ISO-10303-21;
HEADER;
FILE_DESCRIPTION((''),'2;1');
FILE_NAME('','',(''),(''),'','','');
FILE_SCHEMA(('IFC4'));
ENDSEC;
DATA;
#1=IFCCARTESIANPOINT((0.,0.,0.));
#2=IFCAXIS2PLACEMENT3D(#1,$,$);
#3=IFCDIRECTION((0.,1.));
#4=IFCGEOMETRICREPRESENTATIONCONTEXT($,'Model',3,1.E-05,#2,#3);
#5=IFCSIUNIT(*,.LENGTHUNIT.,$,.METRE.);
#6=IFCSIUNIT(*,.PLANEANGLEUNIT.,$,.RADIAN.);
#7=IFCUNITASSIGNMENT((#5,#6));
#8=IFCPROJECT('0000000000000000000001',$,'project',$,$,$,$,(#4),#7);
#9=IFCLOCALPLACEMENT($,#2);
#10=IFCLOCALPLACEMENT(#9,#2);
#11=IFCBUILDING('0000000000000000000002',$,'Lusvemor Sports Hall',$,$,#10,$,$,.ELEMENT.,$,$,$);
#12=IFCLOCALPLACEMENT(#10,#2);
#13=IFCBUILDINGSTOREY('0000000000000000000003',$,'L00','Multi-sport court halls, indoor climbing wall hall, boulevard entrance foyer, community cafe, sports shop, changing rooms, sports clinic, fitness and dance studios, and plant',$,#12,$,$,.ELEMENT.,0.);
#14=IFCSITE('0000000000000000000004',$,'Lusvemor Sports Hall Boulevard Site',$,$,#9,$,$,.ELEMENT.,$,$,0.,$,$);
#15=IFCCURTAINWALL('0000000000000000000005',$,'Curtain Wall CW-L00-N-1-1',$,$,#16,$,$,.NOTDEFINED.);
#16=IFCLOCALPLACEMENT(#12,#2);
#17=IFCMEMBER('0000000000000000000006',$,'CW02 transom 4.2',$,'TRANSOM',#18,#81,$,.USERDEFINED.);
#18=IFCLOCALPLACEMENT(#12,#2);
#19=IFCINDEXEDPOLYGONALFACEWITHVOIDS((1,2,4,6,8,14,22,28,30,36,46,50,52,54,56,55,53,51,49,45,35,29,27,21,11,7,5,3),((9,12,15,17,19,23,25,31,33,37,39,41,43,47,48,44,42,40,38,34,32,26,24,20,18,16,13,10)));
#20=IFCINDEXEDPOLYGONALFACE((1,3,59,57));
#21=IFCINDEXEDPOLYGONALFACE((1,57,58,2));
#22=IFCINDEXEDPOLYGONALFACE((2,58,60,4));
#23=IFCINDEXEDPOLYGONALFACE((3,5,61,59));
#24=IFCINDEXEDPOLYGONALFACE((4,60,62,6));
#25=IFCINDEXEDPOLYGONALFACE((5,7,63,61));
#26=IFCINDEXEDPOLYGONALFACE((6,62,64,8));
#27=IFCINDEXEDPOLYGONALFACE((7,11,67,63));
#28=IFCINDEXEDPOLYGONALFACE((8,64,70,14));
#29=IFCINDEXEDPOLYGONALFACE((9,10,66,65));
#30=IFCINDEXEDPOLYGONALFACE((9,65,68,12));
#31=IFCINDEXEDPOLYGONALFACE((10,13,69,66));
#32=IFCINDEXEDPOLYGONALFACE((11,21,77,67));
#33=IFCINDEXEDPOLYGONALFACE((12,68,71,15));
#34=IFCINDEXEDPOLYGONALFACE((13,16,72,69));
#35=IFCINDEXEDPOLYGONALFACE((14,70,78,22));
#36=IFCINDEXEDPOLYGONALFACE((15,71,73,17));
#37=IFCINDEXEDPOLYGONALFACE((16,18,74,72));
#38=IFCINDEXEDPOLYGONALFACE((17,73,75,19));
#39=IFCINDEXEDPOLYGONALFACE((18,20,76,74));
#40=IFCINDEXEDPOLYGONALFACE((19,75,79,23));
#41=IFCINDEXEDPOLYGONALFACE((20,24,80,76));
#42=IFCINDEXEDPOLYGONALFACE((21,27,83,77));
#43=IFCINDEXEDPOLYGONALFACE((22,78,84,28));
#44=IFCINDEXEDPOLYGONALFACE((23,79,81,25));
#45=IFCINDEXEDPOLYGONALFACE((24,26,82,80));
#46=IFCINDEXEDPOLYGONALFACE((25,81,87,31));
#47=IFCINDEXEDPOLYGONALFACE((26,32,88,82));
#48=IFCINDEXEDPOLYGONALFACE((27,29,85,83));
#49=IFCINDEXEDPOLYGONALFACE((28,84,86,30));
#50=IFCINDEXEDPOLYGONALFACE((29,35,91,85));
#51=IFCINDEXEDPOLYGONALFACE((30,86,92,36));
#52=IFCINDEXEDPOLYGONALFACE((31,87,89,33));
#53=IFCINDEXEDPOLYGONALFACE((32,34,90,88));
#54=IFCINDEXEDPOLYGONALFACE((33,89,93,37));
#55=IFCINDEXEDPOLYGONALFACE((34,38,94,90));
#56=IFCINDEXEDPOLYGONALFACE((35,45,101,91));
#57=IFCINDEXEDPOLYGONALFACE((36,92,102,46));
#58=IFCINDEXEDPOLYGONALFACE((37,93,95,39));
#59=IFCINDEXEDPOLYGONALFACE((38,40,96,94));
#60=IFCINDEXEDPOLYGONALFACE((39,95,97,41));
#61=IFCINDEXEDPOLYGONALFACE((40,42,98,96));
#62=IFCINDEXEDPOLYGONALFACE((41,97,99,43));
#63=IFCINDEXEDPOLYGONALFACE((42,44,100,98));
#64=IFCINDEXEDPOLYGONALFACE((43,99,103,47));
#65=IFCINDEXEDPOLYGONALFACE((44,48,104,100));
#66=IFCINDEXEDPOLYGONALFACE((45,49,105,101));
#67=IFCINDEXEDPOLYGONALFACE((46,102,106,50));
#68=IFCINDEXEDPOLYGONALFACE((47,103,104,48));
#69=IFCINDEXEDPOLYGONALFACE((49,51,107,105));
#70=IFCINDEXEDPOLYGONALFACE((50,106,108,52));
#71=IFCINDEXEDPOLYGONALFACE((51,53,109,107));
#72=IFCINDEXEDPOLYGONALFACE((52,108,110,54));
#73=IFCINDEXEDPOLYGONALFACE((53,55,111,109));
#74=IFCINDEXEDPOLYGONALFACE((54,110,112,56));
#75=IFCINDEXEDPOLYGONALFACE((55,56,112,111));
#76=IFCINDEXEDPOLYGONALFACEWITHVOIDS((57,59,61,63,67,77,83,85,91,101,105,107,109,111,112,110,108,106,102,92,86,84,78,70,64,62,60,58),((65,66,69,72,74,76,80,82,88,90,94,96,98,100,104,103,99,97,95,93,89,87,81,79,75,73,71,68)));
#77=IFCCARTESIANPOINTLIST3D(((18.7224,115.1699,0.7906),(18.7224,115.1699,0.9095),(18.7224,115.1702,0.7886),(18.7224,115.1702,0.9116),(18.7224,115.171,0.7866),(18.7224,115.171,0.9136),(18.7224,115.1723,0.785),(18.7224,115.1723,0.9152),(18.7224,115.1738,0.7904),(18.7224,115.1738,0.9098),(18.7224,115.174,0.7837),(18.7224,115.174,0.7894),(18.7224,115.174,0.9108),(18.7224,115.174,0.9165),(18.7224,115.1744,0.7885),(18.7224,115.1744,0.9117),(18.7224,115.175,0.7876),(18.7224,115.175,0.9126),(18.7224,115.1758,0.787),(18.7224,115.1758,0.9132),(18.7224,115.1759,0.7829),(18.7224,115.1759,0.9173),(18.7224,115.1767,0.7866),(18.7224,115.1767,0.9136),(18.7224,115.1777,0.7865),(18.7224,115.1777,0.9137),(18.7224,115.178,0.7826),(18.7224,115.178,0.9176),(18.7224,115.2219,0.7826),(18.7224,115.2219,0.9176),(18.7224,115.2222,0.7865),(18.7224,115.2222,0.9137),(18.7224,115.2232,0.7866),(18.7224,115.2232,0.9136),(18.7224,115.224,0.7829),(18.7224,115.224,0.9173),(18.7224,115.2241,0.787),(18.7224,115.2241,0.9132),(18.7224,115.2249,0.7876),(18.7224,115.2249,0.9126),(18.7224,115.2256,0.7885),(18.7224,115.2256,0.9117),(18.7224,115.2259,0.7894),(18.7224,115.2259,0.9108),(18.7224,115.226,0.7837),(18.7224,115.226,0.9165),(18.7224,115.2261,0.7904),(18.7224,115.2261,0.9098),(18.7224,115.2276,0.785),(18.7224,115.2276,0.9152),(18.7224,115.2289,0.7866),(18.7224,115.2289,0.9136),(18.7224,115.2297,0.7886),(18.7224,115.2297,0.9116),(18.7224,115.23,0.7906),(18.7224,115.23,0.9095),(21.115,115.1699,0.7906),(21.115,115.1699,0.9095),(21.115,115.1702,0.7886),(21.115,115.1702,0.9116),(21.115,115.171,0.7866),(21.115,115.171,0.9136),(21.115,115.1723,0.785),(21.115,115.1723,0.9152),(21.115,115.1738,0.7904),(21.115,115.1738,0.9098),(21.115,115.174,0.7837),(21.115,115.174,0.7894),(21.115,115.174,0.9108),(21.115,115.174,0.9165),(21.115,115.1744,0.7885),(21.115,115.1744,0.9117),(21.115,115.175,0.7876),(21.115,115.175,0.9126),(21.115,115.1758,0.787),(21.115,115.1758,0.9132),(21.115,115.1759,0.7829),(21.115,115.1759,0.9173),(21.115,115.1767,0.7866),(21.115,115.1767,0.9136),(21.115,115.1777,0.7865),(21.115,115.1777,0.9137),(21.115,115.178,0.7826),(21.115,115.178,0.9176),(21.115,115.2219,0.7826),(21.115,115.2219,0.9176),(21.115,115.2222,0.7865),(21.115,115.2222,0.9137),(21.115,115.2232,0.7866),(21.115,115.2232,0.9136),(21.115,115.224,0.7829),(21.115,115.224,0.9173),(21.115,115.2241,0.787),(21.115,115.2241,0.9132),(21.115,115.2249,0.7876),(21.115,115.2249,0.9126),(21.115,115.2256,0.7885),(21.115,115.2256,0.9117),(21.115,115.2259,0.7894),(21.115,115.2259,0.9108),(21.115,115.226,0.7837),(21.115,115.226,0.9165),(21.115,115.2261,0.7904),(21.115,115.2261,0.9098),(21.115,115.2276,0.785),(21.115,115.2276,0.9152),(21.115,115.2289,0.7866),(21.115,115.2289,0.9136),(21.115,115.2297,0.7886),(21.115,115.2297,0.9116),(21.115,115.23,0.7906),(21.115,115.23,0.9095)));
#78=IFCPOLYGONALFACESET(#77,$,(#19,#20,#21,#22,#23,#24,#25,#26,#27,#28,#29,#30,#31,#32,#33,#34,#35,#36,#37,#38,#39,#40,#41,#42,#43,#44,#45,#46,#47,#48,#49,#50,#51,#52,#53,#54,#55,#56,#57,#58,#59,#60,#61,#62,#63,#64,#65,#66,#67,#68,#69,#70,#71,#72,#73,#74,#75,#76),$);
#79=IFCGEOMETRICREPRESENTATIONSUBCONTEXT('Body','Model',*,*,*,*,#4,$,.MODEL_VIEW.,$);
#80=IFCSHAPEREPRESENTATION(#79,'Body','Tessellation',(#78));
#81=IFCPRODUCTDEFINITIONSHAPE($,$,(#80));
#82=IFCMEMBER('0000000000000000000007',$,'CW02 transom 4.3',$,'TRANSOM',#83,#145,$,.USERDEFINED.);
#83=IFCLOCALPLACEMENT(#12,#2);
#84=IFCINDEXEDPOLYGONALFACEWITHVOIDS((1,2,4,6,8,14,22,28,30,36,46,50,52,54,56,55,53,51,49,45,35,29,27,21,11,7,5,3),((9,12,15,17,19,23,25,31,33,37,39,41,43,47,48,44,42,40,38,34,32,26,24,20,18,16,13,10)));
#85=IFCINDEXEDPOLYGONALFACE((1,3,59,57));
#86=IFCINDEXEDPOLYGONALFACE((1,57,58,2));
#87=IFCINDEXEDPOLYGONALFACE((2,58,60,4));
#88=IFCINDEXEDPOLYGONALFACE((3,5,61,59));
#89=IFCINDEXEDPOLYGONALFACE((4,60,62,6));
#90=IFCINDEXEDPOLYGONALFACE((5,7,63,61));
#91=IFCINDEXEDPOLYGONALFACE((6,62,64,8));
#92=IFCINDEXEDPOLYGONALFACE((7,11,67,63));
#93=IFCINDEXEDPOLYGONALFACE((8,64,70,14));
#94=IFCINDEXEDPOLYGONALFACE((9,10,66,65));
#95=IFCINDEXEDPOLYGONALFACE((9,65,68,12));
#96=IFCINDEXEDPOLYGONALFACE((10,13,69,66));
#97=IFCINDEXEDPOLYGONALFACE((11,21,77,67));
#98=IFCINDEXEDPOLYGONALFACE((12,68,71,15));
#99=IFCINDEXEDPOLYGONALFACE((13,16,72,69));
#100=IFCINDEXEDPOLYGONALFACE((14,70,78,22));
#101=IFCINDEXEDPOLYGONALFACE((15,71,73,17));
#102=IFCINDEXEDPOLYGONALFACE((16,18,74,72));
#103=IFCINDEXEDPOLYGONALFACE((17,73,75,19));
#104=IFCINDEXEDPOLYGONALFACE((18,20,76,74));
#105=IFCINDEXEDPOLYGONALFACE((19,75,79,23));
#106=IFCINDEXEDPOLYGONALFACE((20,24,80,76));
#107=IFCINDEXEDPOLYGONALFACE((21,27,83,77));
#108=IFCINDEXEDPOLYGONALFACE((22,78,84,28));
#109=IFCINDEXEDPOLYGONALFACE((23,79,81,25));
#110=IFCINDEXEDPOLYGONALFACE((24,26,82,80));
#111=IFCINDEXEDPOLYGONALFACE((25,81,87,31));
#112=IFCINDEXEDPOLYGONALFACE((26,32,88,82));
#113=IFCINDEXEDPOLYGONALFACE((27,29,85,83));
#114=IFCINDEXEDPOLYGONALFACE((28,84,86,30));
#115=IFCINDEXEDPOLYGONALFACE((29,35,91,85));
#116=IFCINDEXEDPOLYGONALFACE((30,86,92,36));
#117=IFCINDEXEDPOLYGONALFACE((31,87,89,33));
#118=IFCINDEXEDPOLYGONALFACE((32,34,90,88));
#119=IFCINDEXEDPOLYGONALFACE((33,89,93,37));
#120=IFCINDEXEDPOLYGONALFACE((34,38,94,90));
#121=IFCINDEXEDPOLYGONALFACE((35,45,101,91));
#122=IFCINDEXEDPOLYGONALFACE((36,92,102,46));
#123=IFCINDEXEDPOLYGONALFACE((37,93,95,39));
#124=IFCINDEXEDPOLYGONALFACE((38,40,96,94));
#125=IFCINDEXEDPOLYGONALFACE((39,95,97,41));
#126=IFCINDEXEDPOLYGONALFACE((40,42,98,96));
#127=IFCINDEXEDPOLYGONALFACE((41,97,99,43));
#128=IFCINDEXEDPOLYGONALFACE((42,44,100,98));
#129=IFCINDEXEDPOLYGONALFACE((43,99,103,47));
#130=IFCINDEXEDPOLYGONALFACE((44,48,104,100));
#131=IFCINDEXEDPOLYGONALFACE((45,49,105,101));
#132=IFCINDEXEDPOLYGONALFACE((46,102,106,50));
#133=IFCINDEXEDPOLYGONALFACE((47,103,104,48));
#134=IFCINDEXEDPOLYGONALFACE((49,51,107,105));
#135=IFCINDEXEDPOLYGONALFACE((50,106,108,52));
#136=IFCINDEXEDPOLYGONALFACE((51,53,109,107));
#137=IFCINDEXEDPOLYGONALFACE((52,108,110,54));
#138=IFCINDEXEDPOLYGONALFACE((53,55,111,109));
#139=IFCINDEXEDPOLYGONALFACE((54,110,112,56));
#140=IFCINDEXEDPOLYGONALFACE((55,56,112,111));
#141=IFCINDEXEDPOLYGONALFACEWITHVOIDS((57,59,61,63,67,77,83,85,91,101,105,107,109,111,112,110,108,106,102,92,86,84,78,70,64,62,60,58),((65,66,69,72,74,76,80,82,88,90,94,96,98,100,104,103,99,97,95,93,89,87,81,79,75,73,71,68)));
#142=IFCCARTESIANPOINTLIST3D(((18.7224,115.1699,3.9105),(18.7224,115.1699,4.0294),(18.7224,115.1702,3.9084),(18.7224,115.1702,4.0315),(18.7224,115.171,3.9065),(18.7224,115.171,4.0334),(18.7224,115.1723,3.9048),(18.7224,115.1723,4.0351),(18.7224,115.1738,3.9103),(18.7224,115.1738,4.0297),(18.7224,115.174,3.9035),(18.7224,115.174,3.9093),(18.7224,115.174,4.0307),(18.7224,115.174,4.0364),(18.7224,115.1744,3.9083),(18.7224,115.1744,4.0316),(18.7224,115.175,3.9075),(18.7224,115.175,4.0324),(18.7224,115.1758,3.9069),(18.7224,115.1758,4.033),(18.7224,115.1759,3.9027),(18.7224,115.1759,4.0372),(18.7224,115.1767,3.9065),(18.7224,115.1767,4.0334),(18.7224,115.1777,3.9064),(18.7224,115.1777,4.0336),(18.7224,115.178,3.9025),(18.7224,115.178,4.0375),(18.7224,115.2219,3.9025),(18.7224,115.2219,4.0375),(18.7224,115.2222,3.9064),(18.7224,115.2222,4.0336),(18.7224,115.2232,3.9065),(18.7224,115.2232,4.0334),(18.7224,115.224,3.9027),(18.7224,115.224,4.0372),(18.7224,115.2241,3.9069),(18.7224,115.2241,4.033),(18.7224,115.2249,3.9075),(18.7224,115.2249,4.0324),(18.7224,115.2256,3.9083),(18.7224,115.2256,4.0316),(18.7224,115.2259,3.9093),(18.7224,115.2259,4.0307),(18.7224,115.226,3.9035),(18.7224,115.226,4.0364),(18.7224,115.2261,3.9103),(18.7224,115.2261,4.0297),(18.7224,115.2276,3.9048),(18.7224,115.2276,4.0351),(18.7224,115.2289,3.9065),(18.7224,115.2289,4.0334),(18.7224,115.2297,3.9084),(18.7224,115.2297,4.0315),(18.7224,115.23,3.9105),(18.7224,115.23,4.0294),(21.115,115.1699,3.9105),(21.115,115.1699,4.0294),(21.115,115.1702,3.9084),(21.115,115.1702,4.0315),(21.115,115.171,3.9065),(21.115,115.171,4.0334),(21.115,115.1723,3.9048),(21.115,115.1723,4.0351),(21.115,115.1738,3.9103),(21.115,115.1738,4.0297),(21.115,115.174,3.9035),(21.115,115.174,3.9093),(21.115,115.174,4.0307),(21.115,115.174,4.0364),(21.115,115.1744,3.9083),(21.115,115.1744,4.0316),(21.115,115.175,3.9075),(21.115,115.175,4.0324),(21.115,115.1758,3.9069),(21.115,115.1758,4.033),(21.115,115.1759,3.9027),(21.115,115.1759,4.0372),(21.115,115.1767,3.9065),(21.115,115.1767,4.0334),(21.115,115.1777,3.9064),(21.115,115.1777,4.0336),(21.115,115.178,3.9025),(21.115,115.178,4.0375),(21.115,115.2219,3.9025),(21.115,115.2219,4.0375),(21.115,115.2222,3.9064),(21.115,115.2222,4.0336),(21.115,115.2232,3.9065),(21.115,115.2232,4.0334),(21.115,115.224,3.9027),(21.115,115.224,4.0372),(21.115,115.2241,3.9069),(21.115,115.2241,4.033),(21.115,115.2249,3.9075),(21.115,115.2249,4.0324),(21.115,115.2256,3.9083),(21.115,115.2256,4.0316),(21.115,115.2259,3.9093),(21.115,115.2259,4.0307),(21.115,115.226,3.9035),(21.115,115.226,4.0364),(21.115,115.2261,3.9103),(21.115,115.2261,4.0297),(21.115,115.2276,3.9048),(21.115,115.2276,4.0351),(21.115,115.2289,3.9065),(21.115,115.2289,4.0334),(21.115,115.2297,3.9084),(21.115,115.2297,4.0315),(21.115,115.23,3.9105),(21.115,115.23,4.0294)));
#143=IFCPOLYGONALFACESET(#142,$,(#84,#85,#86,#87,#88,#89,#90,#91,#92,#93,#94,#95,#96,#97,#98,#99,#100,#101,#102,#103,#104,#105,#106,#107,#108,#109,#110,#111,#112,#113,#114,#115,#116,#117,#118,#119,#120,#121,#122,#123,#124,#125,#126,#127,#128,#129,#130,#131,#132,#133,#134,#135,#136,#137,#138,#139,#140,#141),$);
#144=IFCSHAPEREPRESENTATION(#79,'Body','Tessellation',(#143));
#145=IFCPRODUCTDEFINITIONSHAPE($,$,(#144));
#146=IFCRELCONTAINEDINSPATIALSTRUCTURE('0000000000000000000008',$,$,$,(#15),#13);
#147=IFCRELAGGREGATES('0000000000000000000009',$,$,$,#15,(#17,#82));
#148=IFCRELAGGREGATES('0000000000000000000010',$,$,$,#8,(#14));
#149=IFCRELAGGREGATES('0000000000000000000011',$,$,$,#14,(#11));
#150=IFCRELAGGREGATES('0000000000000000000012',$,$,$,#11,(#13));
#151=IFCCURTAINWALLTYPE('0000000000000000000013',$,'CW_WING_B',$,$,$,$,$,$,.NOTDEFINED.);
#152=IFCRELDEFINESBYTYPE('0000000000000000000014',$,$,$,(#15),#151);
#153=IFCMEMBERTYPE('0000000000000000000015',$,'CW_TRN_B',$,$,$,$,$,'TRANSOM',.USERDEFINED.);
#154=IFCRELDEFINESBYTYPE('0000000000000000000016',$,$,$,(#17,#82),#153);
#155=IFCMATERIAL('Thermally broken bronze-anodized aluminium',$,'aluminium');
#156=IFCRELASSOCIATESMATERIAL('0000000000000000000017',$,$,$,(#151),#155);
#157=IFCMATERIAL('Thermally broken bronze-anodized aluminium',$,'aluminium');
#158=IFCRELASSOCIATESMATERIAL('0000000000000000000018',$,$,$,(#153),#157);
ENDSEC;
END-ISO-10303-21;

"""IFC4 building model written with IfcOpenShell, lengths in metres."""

from ifc_helpers import new_model, si_unit, direction, frame, origin, origin_2d, place, context, subcontext, project, spatial, hollow_rectangle, extrude, material, material_profile, profile_set, type_object, element, aggregate, save


model = new_model("IFC4")

# Units and contexts
model_context = context("Model", 3, precision=1e-05, world=origin(), true_north=direction((0.0, 1.0)))
body_context = subcontext(model_context, "Body", "Model", "MODEL_VIEW")
ifc_project = project(units=[si_unit("LENGTHUNIT", "METRE"), si_unit("PLANEANGLEUNIT", "RADIAN")], contexts=[model_context])

# Site, building, storey
site_placement = place(None, origin())
site = spatial("IfcSite", under=ifc_project, at=site_placement, Name="Lusvemor Sports Hall Boulevard Site", CompositionType="ELEMENT", RefElevation=0.0)
building_placement = place(site_placement, origin())
building = spatial("IfcBuilding", under=site, at=building_placement, Name="Lusvemor Sports Hall", CompositionType="ELEMENT")
storey_placement = place(building_placement, origin())
storey = spatial("IfcBuildingStorey", under=building, at=storey_placement, Name="L00", Description="Multi-sport court halls, indoor climbing wall hall, boulevard entrance foyer, community cafe, sports shop, changing rooms, sports clinic, fitness and dance studios, and plant", CompositionType="ELEMENT", Elevation=0.0)

# Curtain wall, members
ifc_material_1 = material(Name="Thermally broken bronze-anodized aluminium", Category="aluminium")
curtain_wall_type = type_object("IfcCurtainWallType", Name="CW_WING_B", PredefinedType="NOTDEFINED", material=ifc_material_1)
curtain_wall_placement = place(storey_placement, origin())
curtain_wall = element("IfcCurtainWall", 1, at=curtain_wall_placement, inside=storey, type_object=curtain_wall_type, Name="Curtain Wall CW-L00-N-1-1", PredefinedType="NOTDEFINED")
ifc_material_2 = material(Name="Thermally broken bronze-anodized aluminium", Category="aluminium")
ifc_material_profile_1 = material_profile(ifc_material_2, hollow_rectangle(XDim=0.0601, YDim=0.135, WallThickness=0.0039, InnerFilletRadius=0.0039, OuterFilletRadius=0.0081, at=origin_2d()), Name="CWTRN135x60x4")
ifc_profile_set_1 = profile_set([ifc_material_profile_1], Name="Thermally broken bronze-anodized aluminium")
member_type_1 = type_object("IfcMemberType", Name="CW_TRN_B", ElementType="TRANSOM", PredefinedType="USERDEFINED", material=ifc_profile_set_1)
member_1_placement = place(storey_placement, frame((18.7224, 115.2, 0.8501), z_axis=(1.0, 0.0, 0.0), x_axis=(0.0, 1.0, 0.0)))
member_1 = element("IfcMember", 2, at=member_1_placement, type_object=member_type_1, Name="CW02 transom 4.2", ObjectType="TRANSOM", PredefinedType="USERDEFINED", context=body_context, shape_type="SweptSolid", body=[
    extrude(hollow_rectangle(XDim=0.0601, YDim=0.135, WallThickness=0.0039, InnerFilletRadius=0.0039, OuterFilletRadius=0.0081, at=origin_2d()), origin(), (0.0, 0.0, 1.0), 2.3926),
])
member_2_placement = place(storey_placement, frame((18.7224, 115.2, 3.97), z_axis=(1.0, 0.0, 0.0), x_axis=(0.0, 1.0, 0.0)))
member_2 = element("IfcMember", 3, at=member_2_placement, type_object=member_type_1, Name="CW02 transom 4.3", ObjectType="TRANSOM", PredefinedType="USERDEFINED", context=body_context, shape_type="SweptSolid", body=[
    extrude(hollow_rectangle(XDim=0.0601, YDim=0.135, WallThickness=0.0039, InnerFilletRadius=0.0039, OuterFilletRadius=0.0081, at=origin_2d()), origin(), (0.0, 0.0, 1.0), 2.3926),
])
aggregate(curtain_wall, [member_1, member_2])

save(model, "model.ifc")
